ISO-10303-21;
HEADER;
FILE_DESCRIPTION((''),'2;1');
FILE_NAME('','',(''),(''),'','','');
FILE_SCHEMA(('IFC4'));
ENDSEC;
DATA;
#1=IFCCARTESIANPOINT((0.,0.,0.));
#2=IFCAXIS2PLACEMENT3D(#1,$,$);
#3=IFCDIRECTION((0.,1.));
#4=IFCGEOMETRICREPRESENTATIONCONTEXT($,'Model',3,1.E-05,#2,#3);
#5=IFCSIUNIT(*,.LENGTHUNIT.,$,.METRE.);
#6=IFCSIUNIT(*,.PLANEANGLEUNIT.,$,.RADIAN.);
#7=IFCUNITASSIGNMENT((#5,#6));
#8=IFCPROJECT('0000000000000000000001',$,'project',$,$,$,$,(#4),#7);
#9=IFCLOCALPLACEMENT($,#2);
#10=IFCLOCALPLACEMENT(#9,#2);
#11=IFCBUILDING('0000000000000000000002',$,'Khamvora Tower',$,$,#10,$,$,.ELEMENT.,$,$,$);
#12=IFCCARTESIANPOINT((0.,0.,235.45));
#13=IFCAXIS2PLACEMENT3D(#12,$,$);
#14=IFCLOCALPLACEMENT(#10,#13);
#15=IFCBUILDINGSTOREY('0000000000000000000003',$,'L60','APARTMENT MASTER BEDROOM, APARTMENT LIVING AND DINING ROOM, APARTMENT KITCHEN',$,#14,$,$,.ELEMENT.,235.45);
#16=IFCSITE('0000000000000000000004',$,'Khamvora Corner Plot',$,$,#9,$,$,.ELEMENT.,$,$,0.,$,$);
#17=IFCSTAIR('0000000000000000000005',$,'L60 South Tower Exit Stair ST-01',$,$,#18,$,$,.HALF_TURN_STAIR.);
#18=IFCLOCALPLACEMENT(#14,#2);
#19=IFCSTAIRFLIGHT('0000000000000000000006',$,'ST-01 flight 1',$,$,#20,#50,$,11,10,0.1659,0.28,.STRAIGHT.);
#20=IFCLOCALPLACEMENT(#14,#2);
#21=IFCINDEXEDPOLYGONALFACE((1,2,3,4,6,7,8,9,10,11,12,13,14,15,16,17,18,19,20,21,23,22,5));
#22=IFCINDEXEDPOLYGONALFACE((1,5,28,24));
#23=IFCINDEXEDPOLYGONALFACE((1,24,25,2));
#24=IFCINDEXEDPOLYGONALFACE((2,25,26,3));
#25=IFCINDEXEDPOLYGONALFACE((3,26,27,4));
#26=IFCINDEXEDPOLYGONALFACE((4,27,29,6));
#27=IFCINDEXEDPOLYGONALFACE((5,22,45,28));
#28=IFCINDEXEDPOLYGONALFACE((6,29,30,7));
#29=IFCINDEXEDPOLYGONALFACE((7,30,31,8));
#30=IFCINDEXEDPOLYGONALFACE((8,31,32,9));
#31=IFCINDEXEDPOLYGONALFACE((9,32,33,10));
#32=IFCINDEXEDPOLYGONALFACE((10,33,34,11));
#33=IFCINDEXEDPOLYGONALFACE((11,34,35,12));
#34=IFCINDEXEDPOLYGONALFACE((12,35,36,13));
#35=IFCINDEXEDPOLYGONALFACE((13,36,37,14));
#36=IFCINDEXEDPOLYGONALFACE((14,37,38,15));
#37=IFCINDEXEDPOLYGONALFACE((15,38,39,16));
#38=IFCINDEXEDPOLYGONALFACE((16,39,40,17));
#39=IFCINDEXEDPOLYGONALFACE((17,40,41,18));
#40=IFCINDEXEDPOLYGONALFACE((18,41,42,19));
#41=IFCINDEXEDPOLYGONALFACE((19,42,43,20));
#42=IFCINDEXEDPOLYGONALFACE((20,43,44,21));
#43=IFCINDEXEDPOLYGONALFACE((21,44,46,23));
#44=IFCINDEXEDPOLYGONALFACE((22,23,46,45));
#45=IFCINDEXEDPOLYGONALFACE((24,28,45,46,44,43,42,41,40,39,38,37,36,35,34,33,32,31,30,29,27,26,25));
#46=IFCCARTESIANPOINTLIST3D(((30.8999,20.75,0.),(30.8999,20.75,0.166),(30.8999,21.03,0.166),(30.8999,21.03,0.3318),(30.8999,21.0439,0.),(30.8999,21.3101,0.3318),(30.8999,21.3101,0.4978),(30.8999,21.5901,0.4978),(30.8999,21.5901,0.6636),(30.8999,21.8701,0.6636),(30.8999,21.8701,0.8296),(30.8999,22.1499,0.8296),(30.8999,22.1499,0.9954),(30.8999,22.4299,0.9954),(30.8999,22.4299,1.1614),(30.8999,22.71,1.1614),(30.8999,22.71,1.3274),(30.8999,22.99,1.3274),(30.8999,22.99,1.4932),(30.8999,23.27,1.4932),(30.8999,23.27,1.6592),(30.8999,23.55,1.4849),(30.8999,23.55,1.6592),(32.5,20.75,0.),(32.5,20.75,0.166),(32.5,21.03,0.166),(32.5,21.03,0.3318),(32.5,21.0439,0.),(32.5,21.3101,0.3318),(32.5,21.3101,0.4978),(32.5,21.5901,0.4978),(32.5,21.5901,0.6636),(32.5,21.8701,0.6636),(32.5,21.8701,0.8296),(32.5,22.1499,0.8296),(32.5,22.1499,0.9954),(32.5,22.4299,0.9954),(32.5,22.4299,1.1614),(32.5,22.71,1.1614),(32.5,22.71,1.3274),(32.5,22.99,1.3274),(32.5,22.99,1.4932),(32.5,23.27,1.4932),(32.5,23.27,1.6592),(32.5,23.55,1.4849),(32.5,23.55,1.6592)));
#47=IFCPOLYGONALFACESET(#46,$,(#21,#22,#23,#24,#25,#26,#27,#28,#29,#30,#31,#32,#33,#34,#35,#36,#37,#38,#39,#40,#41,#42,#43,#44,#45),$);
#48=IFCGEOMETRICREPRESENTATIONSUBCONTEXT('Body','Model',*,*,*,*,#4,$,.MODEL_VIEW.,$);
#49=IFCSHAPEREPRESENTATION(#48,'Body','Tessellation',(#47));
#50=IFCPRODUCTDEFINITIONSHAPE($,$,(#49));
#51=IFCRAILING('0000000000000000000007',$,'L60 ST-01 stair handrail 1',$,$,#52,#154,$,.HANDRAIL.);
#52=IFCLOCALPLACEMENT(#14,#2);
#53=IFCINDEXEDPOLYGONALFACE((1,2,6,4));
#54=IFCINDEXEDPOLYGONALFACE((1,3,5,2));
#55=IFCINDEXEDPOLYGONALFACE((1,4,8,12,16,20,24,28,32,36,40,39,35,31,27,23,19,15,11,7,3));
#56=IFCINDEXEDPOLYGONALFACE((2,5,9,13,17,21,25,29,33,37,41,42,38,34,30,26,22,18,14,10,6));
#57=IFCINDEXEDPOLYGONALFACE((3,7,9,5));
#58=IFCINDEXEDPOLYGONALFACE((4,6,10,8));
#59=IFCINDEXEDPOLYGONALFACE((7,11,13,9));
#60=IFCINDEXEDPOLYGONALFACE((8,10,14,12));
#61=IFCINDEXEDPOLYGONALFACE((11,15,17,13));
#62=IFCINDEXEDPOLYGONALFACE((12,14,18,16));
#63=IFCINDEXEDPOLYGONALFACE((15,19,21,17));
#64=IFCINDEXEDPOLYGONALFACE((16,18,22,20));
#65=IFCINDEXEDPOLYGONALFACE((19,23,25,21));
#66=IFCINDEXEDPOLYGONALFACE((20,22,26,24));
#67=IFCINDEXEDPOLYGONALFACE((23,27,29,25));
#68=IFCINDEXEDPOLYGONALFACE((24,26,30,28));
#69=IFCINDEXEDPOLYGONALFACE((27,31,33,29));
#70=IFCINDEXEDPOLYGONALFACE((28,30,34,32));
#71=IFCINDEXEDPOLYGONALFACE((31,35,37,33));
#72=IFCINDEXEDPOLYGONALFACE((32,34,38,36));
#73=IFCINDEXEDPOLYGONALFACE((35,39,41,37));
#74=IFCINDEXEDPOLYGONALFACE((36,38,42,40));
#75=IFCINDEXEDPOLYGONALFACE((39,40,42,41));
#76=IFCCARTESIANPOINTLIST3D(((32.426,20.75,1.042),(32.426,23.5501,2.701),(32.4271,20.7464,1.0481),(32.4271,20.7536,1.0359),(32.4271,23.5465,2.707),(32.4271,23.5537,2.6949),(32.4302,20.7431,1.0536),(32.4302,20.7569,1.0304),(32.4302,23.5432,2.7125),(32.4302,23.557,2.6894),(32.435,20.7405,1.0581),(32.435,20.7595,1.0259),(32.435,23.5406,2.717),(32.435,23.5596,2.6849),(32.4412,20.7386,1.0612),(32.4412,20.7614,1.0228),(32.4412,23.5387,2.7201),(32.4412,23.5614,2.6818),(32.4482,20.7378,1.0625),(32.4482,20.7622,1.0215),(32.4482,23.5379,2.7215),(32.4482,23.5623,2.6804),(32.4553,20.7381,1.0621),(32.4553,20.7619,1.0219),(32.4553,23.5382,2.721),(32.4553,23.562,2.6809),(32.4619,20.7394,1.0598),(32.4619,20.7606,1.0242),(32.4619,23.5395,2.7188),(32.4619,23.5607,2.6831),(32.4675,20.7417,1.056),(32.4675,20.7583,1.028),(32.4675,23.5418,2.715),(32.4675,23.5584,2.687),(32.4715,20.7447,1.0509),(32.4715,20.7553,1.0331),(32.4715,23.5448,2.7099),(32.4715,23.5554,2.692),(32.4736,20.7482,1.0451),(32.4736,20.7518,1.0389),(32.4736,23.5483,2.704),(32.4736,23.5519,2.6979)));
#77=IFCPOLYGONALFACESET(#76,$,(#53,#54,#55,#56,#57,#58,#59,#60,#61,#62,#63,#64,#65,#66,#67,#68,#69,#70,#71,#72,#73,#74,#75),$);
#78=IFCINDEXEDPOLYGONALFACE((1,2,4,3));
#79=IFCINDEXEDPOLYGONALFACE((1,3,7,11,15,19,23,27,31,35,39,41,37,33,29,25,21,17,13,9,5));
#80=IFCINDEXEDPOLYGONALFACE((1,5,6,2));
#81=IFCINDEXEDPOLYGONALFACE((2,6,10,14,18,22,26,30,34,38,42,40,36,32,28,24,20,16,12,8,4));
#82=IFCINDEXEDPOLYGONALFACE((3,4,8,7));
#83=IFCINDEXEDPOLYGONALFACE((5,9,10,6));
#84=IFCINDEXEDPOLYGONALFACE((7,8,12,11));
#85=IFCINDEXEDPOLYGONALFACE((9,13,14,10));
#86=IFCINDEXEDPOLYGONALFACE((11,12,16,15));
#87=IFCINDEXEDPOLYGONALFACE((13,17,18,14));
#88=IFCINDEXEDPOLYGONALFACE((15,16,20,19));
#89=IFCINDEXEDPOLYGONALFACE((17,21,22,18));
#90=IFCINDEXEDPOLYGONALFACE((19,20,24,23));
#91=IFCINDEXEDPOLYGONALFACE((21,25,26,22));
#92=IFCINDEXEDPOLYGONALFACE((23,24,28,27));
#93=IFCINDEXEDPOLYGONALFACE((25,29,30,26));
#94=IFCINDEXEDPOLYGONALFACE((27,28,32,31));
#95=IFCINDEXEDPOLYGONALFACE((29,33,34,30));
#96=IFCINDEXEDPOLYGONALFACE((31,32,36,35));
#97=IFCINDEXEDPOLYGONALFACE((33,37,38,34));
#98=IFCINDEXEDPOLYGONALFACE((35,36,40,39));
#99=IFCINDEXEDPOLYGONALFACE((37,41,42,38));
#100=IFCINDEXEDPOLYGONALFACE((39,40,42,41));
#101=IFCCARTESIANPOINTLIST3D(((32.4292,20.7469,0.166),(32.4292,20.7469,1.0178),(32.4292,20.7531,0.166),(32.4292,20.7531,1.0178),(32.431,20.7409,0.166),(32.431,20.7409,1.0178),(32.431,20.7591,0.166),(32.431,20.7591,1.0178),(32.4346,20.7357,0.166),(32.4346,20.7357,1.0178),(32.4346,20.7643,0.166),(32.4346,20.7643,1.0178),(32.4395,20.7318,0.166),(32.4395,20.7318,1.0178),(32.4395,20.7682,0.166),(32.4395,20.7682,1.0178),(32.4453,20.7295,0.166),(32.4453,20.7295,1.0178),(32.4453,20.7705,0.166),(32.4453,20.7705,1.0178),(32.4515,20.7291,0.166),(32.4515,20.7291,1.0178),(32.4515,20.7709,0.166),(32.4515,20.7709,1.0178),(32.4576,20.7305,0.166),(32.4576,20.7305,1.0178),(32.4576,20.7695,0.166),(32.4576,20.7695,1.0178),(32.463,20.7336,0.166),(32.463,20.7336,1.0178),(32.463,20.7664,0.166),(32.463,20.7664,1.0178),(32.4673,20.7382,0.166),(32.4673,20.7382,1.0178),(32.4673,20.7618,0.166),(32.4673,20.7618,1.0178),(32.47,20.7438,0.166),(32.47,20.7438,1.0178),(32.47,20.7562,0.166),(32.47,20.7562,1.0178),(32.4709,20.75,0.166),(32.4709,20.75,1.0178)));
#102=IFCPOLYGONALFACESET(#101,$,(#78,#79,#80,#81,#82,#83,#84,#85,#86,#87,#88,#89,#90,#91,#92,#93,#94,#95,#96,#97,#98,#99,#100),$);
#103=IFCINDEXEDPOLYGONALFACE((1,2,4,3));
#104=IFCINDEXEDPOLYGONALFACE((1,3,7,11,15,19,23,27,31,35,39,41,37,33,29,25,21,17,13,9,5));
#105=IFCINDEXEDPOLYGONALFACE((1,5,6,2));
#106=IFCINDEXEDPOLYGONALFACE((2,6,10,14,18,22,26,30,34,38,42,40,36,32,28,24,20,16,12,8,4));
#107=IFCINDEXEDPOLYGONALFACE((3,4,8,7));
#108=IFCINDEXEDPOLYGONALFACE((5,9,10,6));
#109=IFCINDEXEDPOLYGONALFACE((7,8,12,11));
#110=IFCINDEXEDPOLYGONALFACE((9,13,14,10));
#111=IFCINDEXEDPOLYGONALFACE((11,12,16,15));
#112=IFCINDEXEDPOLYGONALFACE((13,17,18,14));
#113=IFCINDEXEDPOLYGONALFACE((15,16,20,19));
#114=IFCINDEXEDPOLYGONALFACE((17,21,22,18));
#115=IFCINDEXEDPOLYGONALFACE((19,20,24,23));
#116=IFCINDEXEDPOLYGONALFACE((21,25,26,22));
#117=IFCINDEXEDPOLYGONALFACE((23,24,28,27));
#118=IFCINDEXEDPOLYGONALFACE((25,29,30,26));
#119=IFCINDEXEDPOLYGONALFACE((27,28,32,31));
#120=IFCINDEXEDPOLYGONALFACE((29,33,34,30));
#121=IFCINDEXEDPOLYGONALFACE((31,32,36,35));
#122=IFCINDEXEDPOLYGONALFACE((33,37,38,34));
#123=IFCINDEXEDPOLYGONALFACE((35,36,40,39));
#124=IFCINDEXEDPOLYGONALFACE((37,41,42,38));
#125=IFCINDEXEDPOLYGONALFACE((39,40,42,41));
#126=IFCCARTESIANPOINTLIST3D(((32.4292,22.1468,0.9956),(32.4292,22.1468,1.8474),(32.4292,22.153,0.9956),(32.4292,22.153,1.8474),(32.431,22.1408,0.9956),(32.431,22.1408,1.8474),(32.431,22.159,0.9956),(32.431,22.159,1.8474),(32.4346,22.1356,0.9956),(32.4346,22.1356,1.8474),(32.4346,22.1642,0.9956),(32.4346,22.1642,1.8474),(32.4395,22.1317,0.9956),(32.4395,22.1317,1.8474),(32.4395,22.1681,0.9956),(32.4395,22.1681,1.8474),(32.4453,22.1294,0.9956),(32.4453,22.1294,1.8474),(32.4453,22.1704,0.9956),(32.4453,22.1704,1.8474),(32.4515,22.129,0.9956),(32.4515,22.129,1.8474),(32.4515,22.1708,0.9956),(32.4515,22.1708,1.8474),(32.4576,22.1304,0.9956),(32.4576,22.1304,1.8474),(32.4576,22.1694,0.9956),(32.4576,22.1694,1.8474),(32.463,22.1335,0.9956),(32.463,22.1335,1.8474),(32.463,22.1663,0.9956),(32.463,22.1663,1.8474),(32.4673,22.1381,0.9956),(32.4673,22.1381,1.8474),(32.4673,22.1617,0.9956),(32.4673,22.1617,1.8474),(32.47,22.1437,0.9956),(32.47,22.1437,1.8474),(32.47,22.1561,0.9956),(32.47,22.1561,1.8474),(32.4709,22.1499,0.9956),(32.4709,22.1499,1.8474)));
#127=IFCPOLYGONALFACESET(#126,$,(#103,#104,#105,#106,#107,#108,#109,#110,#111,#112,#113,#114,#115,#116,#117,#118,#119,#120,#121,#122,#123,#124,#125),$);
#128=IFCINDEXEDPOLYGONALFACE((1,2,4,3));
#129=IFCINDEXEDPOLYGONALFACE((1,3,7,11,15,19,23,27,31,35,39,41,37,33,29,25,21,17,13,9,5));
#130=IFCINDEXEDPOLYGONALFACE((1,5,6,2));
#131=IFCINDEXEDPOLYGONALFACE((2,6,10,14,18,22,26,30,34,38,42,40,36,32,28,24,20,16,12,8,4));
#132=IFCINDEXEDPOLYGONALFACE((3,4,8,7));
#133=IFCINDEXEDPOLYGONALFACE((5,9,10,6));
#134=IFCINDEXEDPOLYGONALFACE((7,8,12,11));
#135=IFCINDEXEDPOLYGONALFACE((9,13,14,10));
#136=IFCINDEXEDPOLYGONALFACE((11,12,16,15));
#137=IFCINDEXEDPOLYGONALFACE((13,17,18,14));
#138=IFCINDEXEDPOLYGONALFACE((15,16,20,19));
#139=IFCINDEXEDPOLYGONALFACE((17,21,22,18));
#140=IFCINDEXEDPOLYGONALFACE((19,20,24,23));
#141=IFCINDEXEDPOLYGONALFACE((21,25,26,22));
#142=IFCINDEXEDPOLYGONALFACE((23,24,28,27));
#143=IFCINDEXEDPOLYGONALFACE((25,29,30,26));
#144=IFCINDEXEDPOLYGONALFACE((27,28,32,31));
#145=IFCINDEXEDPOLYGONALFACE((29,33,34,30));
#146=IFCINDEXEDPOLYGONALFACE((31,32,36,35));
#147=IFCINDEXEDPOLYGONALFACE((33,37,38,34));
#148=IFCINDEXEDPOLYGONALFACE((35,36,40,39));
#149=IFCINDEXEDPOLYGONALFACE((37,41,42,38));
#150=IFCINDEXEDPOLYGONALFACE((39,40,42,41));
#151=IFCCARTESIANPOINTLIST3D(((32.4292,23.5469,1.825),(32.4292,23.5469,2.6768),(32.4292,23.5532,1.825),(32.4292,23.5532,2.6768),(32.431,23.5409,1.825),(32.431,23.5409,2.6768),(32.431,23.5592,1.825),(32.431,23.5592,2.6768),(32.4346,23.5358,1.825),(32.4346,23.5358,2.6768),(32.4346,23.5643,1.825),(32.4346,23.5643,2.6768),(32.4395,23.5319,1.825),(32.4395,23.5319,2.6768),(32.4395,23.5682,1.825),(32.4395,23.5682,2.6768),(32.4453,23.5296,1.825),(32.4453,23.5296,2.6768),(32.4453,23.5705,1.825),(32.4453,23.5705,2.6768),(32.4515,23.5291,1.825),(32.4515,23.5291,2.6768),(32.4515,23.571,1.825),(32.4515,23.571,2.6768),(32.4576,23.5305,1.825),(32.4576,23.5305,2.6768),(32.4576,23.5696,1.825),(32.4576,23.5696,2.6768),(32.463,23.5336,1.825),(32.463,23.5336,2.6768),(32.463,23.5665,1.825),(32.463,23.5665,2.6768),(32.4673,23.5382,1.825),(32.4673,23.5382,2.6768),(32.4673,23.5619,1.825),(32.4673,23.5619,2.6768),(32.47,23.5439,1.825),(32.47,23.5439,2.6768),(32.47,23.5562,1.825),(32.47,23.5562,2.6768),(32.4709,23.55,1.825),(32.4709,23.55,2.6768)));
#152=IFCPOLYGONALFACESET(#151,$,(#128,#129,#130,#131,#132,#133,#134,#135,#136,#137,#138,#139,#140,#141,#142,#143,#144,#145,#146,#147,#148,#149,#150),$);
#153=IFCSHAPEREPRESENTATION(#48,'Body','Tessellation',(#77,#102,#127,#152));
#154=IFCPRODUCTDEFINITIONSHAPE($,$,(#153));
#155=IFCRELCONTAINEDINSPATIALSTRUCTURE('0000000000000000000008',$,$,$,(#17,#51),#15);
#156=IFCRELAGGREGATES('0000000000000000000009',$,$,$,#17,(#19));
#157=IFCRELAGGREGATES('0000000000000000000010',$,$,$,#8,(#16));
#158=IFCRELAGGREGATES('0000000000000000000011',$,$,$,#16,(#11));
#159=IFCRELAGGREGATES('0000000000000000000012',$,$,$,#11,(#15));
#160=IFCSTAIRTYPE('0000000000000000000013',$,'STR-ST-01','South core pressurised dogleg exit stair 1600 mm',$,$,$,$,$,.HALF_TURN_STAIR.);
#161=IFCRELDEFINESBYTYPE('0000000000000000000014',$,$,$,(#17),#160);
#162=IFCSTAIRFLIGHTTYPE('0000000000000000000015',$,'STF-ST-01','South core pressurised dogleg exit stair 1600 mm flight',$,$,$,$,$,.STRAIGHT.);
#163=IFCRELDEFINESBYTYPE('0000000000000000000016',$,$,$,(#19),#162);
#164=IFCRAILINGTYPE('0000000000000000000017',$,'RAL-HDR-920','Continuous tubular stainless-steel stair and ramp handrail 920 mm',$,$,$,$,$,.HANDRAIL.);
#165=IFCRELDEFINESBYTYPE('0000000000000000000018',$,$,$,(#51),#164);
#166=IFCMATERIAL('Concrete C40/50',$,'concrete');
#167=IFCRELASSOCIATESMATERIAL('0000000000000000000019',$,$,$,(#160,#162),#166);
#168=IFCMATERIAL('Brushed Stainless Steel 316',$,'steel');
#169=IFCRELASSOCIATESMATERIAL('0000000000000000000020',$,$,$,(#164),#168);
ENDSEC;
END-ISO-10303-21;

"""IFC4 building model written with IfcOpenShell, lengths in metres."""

from ifc_helpers import new_model, si_unit, direction, frame, origin, origin_2d, place, context, subcontext, project, spatial, polyline, circle, outline, extrude, material, type_object, element, aggregate, save


model = new_model("IFC4")

# Units and contexts
model_context = context("Model", 3, precision=1e-05, world=origin(), true_north=direction((0.0, 1.0)))
body_context = subcontext(model_context, "Body", "Model", "MODEL_VIEW")
ifc_project = project(units=[si_unit("LENGTHUNIT", "METRE"), si_unit("PLANEANGLEUNIT", "RADIAN")], contexts=[model_context])

# Site, building, storey
site_placement = place(None, origin())
site = spatial("IfcSite", under=ifc_project, at=site_placement, Name="Khamvora Corner Plot", CompositionType="ELEMENT", RefElevation=0.0)
building_placement = place(site_placement, origin())
building = spatial("IfcBuilding", under=site, at=building_placement, Name="Khamvora Tower", CompositionType="ELEMENT")
storey_placement = place(building_placement, frame((0.0, 0.0, 235.45)))
storey = spatial("IfcBuildingStorey", under=building, at=storey_placement, Name="L60", Description="APARTMENT MASTER BEDROOM, APARTMENT LIVING AND DINING ROOM, APARTMENT KITCHEN", CompositionType="ELEMENT", Elevation=235.45)

# Stair, stair flight
ifc_material_1 = material(Name="Concrete C40/50", Category="concrete")
stair_type = type_object("IfcStairType", Name="STR-ST-01", Description="South core pressurised dogleg exit stair 1600 mm", PredefinedType="HALF_TURN_STAIR", material=ifc_material_1)
stair_placement = place(storey_placement, origin())
stair = element("IfcStair", 1, at=stair_placement, inside=storey, type_object=stair_type, Name="L60 South Tower Exit Stair ST-01", PredefinedType="HALF_TURN_STAIR")
stair_flight_type = type_object("IfcStairFlightType", Name="STF-ST-01", Description="South core pressurised dogleg exit stair 1600 mm flight", PredefinedType="STRAIGHT", material=ifc_material_1)
stair_flight_placement = place(storey_placement, frame((31.7, 20.75, 0.0), z_axis=(0.0, 0.0, 1.0), x_axis=(0.0, 1.0, 0.0)))
stair_flight = element("IfcStairFlight", 2, at=stair_flight_placement, type_object=stair_flight_type, Name="ST-01 flight 1", NumberOfRisers=11, NumberOfTreads=10, PredefinedType="STRAIGHT", RiserHeight=0.1659, TreadLength=0.28, context=body_context, shape_type="SweptSolid", body=[
    extrude(outline(polyline([(0.0, 0.0), (0.0, 0.166), (0.28, 0.166), (0.28, 0.3318), (0.5601, 0.3318), (0.5601, 0.4978), (0.8401, 0.4978), (0.8401, 0.6636), (1.1201, 0.6636), (1.1201, 0.8296), (1.3999, 0.8296), (1.3999, 0.9954), (1.6799, 0.9954), (1.6799, 1.1614), (1.96, 1.1614), (1.96, 1.3274), (2.24, 1.3274), (2.24, 1.4932), (2.52, 1.4932), (2.52, 1.6592), (2.8, 1.6592), (2.8, 1.825), (2.8, 1.4849), (0.2939, 0.0), (0.0, 0.0)])), frame((0.0, 0.8, 0.0), z_axis=(0.0, -1.0, 0.0), x_axis=(1.0, 0.0, 0.0)), (0.0, 0.0, 1.0), 1.6001),
])
aggregate(stair, [stair_flight])

# Railing
ifc_material_2 = material(Name="Brushed Stainless Steel 316", Category="steel")
railing_type_1 = type_object("IfcRailingType", Name="RAL-HDR-920", Description="Continuous tubular stainless-steel stair and ramp handrail 920 mm", PredefinedType="HANDRAIL", material=ifc_material_2)
railing_1_placement = place(storey_placement, frame((32.45, 20.75, 0.166)))
element("IfcRailing", 3, at=railing_1_placement, inside=storey, type_object=railing_type_1, Name="L60 ST-01 stair handrail 1", PredefinedType="HANDRAIL", context=body_context, shape_type="SweptSolid", body=[
    extrude(circle(Radius=0.0239, at=origin_2d()), frame((0.0, 0.0, 0.876), z_axis=(0.0, 0.860339, 0.509722), x_axis=(-1.0, 0.0, 0.0)), (0.0, 0.0, 1.0), 3.2546),
    extrude(circle(Radius=0.021, at=origin_2d()), origin(), (0.0, 0.0, 1.0), 0.8518),
    extrude(circle(Radius=0.021, at=origin_2d()), frame((0.0, 1.3999, 0.8296)), (0.0, 0.0, 1.0), 0.8518),
    extrude(circle(Radius=0.021, at=origin_2d()), frame((0.0, 2.8, 1.6589)), (0.0, 0.0, 1.0), 0.8518),
])

save(model, "model.ifc")
